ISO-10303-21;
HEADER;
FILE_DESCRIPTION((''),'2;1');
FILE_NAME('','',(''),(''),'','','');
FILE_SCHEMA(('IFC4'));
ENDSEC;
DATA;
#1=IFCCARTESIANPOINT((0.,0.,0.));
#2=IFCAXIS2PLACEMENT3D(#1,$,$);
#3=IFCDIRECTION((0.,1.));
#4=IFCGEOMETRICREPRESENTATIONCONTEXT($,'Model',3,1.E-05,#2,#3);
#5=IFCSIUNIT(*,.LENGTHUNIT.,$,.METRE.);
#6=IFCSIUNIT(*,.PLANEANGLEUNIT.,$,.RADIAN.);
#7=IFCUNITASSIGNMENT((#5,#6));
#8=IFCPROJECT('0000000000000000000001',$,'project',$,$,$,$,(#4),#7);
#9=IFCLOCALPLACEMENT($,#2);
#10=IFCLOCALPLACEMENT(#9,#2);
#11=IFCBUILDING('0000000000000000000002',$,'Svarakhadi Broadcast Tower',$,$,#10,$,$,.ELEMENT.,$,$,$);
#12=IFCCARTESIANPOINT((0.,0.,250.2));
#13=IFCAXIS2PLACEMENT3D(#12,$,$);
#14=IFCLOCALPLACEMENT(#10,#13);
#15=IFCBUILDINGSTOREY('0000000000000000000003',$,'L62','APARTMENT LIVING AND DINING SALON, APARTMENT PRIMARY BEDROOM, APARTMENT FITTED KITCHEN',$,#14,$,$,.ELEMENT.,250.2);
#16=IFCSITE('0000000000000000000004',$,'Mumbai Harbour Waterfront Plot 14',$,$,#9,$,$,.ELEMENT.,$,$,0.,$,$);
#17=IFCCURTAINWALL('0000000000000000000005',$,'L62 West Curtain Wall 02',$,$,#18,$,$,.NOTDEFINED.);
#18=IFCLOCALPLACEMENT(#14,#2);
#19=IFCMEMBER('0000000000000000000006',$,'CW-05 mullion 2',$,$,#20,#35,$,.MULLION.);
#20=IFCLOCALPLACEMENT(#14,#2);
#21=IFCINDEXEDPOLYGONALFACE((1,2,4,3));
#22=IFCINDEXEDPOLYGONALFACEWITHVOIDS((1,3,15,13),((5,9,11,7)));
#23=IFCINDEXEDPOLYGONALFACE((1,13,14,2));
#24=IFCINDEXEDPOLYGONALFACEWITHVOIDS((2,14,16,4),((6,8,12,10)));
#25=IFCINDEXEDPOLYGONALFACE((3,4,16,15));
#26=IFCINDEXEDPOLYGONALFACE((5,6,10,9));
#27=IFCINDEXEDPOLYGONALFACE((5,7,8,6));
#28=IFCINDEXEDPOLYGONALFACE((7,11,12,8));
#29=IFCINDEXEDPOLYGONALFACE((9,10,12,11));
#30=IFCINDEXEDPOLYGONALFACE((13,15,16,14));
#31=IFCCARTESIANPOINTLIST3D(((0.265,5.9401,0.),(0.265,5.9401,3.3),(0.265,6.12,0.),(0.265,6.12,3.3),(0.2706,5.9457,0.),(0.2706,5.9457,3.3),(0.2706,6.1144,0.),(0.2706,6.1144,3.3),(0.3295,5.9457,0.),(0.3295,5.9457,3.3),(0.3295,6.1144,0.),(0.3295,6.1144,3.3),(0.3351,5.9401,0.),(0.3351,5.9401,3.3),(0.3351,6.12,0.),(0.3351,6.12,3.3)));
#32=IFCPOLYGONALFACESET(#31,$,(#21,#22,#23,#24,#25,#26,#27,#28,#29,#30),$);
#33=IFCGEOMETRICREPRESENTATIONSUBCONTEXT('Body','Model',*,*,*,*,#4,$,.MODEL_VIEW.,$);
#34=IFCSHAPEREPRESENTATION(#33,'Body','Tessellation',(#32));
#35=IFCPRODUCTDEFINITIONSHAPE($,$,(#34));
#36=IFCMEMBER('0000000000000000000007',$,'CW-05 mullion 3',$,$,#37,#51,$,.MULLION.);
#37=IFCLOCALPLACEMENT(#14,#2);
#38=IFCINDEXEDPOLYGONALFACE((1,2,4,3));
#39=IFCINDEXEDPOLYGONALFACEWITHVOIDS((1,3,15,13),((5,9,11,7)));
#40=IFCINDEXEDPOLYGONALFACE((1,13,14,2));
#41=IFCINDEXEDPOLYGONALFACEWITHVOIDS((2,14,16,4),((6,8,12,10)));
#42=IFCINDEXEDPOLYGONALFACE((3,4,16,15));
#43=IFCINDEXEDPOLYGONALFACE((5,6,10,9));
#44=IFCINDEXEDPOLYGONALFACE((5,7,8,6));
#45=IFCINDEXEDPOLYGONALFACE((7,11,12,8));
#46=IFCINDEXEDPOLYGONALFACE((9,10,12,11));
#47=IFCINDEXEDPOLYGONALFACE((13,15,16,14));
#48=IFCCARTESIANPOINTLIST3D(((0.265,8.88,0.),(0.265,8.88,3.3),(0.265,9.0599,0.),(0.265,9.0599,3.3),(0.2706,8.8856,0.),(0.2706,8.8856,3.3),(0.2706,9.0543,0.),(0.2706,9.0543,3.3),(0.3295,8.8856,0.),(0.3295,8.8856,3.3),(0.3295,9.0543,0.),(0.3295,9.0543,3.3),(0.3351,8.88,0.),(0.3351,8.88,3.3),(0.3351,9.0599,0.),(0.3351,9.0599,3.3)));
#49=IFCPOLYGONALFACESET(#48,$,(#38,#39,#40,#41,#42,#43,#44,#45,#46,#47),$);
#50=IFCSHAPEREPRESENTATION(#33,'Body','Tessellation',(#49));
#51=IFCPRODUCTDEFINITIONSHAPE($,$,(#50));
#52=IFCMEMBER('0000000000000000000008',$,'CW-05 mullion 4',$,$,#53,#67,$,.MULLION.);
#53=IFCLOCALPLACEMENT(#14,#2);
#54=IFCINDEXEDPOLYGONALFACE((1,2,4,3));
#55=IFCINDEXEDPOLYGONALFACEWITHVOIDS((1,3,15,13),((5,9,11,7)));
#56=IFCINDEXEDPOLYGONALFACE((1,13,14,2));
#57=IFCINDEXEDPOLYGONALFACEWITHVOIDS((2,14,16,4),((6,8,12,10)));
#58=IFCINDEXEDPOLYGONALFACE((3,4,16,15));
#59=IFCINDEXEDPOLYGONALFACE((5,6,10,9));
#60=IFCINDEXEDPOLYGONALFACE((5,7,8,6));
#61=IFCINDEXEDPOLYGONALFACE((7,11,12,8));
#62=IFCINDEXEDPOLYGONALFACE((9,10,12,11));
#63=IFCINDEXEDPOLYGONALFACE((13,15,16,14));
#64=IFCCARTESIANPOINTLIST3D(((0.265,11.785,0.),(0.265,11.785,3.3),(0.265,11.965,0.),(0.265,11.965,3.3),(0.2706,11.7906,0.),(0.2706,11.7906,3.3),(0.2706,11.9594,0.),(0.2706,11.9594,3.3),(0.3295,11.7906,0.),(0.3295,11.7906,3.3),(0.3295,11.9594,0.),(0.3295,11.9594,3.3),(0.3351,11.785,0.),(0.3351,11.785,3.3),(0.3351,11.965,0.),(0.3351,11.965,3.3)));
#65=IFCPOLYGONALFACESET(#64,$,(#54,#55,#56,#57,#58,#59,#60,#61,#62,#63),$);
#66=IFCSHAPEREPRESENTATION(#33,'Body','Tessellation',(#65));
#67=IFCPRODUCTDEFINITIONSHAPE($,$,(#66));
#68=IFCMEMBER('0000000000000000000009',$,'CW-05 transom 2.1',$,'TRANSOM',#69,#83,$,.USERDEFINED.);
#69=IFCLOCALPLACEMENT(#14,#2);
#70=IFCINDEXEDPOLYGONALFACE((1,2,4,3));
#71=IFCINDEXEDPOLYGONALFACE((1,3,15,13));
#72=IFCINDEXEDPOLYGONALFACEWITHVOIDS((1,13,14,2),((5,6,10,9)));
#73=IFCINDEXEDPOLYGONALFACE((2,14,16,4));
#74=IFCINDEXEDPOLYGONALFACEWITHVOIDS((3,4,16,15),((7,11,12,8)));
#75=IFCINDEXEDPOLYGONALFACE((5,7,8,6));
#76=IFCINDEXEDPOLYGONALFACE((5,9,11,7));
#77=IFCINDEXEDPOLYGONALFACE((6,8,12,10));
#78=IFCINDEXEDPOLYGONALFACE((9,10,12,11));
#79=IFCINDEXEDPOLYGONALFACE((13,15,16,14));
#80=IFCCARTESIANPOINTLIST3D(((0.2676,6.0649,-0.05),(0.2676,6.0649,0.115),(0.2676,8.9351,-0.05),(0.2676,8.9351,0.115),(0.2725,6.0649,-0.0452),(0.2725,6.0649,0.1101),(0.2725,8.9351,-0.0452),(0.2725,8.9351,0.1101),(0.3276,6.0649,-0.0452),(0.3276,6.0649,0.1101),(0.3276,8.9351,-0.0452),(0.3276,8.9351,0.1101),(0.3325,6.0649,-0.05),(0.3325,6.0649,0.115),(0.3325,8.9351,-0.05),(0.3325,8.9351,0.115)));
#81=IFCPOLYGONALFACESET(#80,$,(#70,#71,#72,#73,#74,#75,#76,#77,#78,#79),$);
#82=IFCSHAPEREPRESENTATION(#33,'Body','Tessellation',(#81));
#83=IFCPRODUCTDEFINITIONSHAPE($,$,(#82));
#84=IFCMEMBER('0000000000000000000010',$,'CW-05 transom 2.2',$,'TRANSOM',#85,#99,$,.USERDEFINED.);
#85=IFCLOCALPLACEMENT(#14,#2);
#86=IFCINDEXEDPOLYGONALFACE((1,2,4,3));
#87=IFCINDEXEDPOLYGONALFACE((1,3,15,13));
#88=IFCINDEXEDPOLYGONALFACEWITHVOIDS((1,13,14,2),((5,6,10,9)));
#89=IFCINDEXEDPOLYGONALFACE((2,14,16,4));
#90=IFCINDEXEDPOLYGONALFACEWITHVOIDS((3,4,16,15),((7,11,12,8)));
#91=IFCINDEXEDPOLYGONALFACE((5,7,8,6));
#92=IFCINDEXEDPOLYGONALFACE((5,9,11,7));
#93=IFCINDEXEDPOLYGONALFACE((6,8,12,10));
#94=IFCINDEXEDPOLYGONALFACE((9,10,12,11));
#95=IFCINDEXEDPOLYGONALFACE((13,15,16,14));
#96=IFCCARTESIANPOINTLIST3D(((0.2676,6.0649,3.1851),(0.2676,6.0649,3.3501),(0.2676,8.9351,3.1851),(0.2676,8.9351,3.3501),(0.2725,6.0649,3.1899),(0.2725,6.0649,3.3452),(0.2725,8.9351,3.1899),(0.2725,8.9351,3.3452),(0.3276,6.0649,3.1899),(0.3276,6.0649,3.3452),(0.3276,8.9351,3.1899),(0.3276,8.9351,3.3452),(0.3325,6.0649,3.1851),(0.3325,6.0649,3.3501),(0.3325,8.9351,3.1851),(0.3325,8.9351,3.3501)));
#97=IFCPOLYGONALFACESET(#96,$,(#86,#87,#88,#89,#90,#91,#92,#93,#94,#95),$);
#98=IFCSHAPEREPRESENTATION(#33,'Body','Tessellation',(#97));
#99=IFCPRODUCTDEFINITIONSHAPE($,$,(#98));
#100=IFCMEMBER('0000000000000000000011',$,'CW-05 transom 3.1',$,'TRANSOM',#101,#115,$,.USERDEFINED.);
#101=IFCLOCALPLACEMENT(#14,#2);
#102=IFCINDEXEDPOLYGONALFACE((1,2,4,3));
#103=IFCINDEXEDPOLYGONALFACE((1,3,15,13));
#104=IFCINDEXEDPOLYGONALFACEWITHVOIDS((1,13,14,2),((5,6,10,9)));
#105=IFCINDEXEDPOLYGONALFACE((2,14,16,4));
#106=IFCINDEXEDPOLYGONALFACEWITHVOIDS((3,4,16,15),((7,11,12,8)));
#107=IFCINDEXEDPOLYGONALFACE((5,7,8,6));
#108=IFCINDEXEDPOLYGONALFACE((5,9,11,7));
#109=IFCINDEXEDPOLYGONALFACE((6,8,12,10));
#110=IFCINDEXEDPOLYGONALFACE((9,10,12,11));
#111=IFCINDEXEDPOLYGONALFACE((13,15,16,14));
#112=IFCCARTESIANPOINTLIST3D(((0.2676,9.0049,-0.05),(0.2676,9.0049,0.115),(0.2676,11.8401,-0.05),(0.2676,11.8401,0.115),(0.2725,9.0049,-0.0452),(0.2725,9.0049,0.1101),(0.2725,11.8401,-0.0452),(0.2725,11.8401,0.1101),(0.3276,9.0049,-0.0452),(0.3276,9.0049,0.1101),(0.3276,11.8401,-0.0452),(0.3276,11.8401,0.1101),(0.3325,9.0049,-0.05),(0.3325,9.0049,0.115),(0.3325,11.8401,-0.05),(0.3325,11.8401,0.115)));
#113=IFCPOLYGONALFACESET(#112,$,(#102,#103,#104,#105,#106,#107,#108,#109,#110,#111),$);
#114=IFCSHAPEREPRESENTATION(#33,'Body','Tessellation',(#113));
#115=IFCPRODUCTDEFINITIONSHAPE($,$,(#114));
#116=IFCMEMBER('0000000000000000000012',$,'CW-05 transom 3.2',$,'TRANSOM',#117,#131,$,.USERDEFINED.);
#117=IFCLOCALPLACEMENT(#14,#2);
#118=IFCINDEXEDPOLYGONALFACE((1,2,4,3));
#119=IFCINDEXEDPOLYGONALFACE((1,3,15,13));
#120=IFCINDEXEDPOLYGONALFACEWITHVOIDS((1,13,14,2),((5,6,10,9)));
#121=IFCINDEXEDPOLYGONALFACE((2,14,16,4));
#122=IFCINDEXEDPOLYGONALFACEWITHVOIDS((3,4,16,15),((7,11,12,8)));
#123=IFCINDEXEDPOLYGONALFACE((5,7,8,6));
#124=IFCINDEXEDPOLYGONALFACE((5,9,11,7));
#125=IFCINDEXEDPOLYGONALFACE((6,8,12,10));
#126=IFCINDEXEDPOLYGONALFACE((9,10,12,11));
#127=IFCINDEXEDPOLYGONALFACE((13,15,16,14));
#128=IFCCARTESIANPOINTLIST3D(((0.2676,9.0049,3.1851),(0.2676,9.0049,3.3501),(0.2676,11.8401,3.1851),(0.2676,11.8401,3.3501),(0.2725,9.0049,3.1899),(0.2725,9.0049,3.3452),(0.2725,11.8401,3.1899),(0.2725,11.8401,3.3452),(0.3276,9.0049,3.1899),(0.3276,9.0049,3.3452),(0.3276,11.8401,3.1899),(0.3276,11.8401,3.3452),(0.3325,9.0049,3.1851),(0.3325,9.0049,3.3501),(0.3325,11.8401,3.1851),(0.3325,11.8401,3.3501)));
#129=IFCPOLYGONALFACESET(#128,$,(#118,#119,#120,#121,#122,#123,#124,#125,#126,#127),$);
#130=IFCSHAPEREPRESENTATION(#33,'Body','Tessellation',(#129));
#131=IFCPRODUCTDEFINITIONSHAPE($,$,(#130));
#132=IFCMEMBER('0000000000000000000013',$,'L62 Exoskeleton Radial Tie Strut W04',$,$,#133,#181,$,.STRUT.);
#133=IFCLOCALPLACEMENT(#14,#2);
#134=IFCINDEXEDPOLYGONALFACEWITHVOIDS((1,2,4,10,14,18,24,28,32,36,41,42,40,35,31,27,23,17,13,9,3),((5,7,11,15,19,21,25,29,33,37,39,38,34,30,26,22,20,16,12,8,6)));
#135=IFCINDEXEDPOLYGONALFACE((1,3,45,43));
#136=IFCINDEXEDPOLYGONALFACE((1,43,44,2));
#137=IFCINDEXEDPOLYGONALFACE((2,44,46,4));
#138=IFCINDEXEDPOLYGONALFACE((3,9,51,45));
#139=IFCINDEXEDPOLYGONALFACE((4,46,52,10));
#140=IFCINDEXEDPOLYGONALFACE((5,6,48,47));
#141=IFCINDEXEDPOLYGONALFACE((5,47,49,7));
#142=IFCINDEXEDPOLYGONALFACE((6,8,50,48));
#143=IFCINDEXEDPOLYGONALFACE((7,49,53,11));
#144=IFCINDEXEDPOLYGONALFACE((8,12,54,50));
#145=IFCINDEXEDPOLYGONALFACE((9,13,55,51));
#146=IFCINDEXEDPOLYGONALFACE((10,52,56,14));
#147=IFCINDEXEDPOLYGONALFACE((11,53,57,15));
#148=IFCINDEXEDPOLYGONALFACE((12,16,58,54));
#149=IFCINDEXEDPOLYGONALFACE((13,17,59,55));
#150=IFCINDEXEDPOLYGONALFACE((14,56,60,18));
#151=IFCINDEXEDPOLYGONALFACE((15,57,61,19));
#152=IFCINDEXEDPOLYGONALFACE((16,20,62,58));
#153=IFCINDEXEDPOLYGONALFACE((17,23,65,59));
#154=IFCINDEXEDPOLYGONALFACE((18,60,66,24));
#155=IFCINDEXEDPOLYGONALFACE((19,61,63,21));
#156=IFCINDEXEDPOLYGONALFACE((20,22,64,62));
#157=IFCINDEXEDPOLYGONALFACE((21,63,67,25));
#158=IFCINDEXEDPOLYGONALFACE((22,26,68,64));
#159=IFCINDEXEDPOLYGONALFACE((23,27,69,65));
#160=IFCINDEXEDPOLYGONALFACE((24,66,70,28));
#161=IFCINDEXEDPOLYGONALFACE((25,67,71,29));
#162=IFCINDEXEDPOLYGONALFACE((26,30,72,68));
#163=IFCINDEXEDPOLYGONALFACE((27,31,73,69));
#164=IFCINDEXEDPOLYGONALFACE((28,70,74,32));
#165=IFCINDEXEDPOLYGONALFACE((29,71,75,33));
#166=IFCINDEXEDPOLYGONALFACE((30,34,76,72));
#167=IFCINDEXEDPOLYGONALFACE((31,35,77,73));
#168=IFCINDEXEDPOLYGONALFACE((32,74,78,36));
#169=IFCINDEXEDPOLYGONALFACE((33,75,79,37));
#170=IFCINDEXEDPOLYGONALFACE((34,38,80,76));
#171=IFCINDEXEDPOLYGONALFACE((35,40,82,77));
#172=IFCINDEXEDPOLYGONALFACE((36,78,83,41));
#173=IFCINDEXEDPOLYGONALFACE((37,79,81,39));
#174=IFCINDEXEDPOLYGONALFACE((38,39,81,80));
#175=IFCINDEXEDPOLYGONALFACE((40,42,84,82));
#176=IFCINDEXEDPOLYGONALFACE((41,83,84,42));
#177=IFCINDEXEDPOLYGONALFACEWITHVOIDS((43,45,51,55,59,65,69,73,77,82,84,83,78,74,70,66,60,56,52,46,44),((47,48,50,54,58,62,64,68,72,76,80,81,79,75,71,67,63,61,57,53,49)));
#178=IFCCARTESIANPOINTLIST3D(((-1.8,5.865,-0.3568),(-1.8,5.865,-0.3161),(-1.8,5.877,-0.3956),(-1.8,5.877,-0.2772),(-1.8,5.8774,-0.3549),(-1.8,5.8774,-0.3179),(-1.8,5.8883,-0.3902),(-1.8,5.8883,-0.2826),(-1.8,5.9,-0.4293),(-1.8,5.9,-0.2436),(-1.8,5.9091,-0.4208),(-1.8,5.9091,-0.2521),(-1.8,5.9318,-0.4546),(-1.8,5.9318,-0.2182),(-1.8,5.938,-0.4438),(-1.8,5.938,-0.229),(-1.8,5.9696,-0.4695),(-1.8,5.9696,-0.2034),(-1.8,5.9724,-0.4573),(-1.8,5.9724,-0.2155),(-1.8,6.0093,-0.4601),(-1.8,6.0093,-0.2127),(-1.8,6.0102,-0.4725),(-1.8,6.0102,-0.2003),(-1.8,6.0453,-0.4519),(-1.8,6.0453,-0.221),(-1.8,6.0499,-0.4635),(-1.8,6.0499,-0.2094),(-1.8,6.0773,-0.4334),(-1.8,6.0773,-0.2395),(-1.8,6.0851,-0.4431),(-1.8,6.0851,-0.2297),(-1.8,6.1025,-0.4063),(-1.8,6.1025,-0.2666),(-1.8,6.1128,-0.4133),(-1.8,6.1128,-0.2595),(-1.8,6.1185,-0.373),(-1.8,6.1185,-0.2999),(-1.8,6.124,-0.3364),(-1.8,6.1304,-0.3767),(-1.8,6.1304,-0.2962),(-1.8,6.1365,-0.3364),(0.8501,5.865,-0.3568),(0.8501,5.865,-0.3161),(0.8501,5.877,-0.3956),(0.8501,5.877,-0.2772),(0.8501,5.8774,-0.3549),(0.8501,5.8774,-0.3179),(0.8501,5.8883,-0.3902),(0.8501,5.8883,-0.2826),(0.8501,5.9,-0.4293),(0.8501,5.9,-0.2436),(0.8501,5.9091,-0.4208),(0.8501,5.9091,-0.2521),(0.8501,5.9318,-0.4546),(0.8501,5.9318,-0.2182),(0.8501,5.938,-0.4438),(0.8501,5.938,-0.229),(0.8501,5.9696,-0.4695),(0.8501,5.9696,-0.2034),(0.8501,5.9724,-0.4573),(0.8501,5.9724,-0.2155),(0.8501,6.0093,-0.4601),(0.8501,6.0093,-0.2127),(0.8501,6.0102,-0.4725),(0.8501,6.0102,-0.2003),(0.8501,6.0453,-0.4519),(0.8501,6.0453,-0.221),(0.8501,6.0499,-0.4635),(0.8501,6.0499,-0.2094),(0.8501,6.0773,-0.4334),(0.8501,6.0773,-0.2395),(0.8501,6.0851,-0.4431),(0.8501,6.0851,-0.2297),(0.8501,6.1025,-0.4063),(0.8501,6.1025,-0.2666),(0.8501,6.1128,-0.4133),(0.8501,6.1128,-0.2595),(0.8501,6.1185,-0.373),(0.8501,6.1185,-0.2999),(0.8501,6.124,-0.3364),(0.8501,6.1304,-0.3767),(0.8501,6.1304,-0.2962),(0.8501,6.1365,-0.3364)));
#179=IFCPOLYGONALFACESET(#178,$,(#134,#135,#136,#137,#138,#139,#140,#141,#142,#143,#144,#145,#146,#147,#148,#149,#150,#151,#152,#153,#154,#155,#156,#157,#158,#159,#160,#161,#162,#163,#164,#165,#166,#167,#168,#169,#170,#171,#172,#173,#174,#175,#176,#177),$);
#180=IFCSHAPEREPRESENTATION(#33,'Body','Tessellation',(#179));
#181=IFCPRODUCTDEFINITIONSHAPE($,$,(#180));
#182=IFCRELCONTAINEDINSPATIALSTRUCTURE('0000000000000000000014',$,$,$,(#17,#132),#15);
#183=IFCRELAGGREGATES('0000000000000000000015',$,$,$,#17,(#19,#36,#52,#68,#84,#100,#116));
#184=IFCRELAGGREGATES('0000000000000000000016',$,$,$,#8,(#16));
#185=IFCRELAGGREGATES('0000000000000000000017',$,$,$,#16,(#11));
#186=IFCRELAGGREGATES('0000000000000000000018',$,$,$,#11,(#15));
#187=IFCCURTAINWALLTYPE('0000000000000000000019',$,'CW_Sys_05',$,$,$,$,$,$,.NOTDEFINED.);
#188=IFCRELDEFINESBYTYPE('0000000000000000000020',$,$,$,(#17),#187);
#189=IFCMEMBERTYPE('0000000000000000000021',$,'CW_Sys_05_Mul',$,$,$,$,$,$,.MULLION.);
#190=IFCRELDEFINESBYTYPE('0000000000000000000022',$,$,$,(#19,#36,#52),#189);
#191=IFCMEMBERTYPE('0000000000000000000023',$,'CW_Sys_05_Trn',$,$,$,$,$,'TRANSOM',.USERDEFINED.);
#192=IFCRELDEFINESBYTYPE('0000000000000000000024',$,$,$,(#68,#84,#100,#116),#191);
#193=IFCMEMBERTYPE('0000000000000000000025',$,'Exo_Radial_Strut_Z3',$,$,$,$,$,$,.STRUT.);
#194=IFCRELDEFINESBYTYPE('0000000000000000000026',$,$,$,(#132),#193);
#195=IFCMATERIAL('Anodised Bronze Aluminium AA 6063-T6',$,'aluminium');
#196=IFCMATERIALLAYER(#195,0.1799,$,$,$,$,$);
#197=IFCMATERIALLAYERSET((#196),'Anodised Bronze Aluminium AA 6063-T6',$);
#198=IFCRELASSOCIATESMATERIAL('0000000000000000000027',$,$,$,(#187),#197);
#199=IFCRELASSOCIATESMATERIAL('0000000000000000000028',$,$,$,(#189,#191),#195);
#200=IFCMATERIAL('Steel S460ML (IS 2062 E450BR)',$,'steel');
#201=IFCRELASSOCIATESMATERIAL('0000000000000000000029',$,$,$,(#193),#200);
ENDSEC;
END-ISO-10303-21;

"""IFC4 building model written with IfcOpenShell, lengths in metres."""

from ifc_helpers import new_model, si_unit, direction, frame, origin, origin_2d, place, context, subcontext, project, spatial, hollow_rectangle, hollow_circle, extrude, material, layer, layer_set, material_profile, profile_set, type_object, element, aggregate, save


model = new_model("IFC4")

# Units and contexts
model_context = context("Model", 3, precision=1e-05, world=origin(), true_north=direction((0.0, 1.0)))
body_context = subcontext(model_context, "Body", "Model", "MODEL_VIEW")
ifc_project = project(units=[si_unit("LENGTHUNIT", "METRE"), si_unit("PLANEANGLEUNIT", "RADIAN")], contexts=[model_context])

# Site, building, storey
site_placement = place(None, origin())
site = spatial("IfcSite", under=ifc_project, at=site_placement, Name="Mumbai Harbour Waterfront Plot 14", CompositionType="ELEMENT", RefElevation=0.0)
building_placement = place(site_placement, origin())
building = spatial("IfcBuilding", under=site, at=building_placement, Name="Svarakhadi Broadcast Tower", CompositionType="ELEMENT")
storey_placement = place(building_placement, frame((0.0, 0.0, 250.2)))
storey = spatial("IfcBuildingStorey", under=building, at=storey_placement, Name="L62", Description="APARTMENT LIVING AND DINING SALON, APARTMENT PRIMARY BEDROOM, APARTMENT FITTED KITCHEN", CompositionType="ELEMENT", Elevation=250.2)

# Shared definitions
ifc_material_1 = material(Name="Steel S460ML (IS 2062 E450BR)", Category="steel")

# Curtain wall, members
ifc_material_2 = material(Name="Anodised Bronze Aluminium AA 6063-T6", Category="aluminium")
ifc_layer_1 = layer(ifc_material_2, 0.1799)
ifc_layer_set_1 = layer_set([ifc_layer_1], Name="Anodised Bronze Aluminium AA 6063-T6")
curtain_wall_type = type_object("IfcCurtainWallType", Name="CW_Sys_05", PredefinedType="NOTDEFINED", material=ifc_layer_set_1)
curtain_wall_placement = place(storey_placement, origin())
curtain_wall = element("IfcCurtainWall", 1, at=curtain_wall_placement, inside=storey, type_object=curtain_wall_type, Name="L62 West Curtain Wall 02", PredefinedType="NOTDEFINED")
ifc_material_profile_1 = material_profile(ifc_material_2, hollow_rectangle(XDim=0.0701, YDim=0.1799, WallThickness=0.0056, at=origin_2d()), Name="ALU MULLION 180x70x6")
ifc_profile_set_1 = profile_set([ifc_material_profile_1], Name="Anodised Bronze Aluminium AA 6063-T6")
member_type_1 = type_object("IfcMemberType", Name="CW_Sys_05_Mul", PredefinedType="MULLION", material=ifc_profile_set_1)
member_1_placement = place(storey_placement, frame((0.3, 6.03, 0.0), z_axis=(0.0, 0.0, 1.0), x_axis=(-1.0, 0.0, 0.0)))
member_1 = element("IfcMember", 2, at=member_1_placement, type_object=member_type_1, Name="CW-05 mullion 2", PredefinedType="MULLION", context=body_context, shape_type="SweptSolid", body=[
    extrude(hollow_rectangle(XDim=0.0701, YDim=0.1799, WallThickness=0.0056, at=origin_2d()), origin(), (0.0, 0.0, 1.0), 3.3),
])
member_2_placement = place(storey_placement, frame((0.3, 8.97, 0.0), z_axis=(0.0, 0.0, 1.0), x_axis=(-1.0, 0.0, 0.0)))
member_2 = element("IfcMember", 3, at=member_2_placement, type_object=member_type_1, Name="CW-05 mullion 3", PredefinedType="MULLION", context=body_context, shape_type="SweptSolid", body=[
    extrude(hollow_rectangle(XDim=0.0701, YDim=0.1799, WallThickness=0.0056, at=origin_2d()), origin(), (0.0, 0.0, 1.0), 3.3),
])
member_3_placement = place(storey_placement, frame((0.3, 11.875, 0.0), z_axis=(0.0, 0.0, 1.0), x_axis=(-1.0, 0.0, 0.0)))
member_3 = element("IfcMember", 4, at=member_3_placement, type_object=member_type_1, Name="CW-05 mullion 4", PredefinedType="MULLION", context=body_context, shape_type="SweptSolid", body=[
    extrude(hollow_rectangle(XDim=0.0701, YDim=0.1799, WallThickness=0.0056, at=origin_2d()), origin(), (0.0, 0.0, 1.0), 3.3),
])
ifc_material_profile_2 = material_profile(ifc_material_2, hollow_rectangle(XDim=0.0649, YDim=0.165, WallThickness=0.0049, at=origin_2d()), Name="ALU TRANSOM 165x65x5")
ifc_profile_set_2 = profile_set([ifc_material_profile_2], Name="Anodised Bronze Aluminium AA 6063-T6")
member_type_2 = type_object("IfcMemberType", Name="CW_Sys_05_Trn", ElementType="TRANSOM", PredefinedType="USERDEFINED", material=ifc_profile_set_2)
member_4_placement = place(storey_placement, frame((0.3, 6.0649, 0.0325), z_axis=(0.0, 1.0, 0.0), x_axis=(-1.0, 0.0, 0.0)))
member_4 = element("IfcMember", 5, at=member_4_placement, type_object=member_type_2, Name="CW-05 transom 2.1", ObjectType="TRANSOM", PredefinedType="USERDEFINED", context=body_context, shape_type="SweptSolid", body=[
    extrude(hollow_rectangle(XDim=0.0649, YDim=0.165, WallThickness=0.0049, at=origin_2d()), origin(), (0.0, 0.0, 1.0), 2.8701),
])
member_5_placement = place(storey_placement, frame((0.3, 6.0649, 3.2676), z_axis=(0.0, 1.0, 0.0), x_axis=(-1.0, 0.0, 0.0)))
member_5 = element("IfcMember", 6, at=member_5_placement, type_object=member_type_2, Name="CW-05 transom 2.2", ObjectType="TRANSOM", PredefinedType="USERDEFINED", context=body_context, shape_type="SweptSolid", body=[
    extrude(hollow_rectangle(XDim=0.0649, YDim=0.165, WallThickness=0.0049, at=origin_2d()), origin(), (0.0, 0.0, 1.0), 2.8701),
])
member_6_placement = place(storey_placement, frame((0.3, 9.0049, 0.0325), z_axis=(0.0, 1.0, 0.0), x_axis=(-1.0, 0.0, 0.0)))
member_6 = element("IfcMember", 7, at=member_6_placement, type_object=member_type_2, Name="CW-05 transom 3.1", ObjectType="TRANSOM", PredefinedType="USERDEFINED", context=body_context, shape_type="SweptSolid", body=[
    extrude(hollow_rectangle(XDim=0.0649, YDim=0.165, WallThickness=0.0049, at=origin_2d()), origin(), (0.0, 0.0, 1.0), 2.8352),
])
member_7_placement = place(storey_placement, frame((0.3, 9.0049, 3.2676), z_axis=(0.0, 1.0, 0.0), x_axis=(-1.0, 0.0, 0.0)))
member_7 = element("IfcMember", 8, at=member_7_placement, type_object=member_type_2, Name="CW-05 transom 3.2", ObjectType="TRANSOM", PredefinedType="USERDEFINED", context=body_context, shape_type="SweptSolid", body=[
    extrude(hollow_rectangle(XDim=0.0649, YDim=0.165, WallThickness=0.0049, at=origin_2d()), origin(), (0.0, 0.0, 1.0), 2.8352),
])

# Member
ifc_material_profile_3 = material_profile(ifc_material_1, hollow_circle(Radius=0.1365, WallThickness=0.0125, at=origin_2d()), Name="CHS 273x12.5")
ifc_profile_set_3 = profile_set([ifc_material_profile_3], Name="Steel S460ML (IS 2062 E450BR)")
member_type_3 = type_object("IfcMemberType", Name="Exo_Radial_Strut_Z3", PredefinedType="STRUT", material=ifc_profile_set_3)
member_8_placement = place(storey_placement, frame((-1.8, 6.0, -0.3364), z_axis=(1.0, 0.0, 0.0), x_axis=(0.0, 1.0, 0.0)))
element("IfcMember", 9, at=member_8_placement, inside=storey, type_object=member_type_3, Name="L62 Exoskeleton Radial Tie Strut W04", PredefinedType="STRUT", context=body_context, shape_type="SweptSolid", body=[
    extrude(hollow_circle(Radius=0.1365, WallThickness=0.0125, at=origin_2d()), origin(), (0.0, 0.0, 1.0), 2.6501),
])

aggregate(curtain_wall, [member_1, member_2, member_3, member_4, member_5, member_6, member_7])

save(model, "model.ifc")
